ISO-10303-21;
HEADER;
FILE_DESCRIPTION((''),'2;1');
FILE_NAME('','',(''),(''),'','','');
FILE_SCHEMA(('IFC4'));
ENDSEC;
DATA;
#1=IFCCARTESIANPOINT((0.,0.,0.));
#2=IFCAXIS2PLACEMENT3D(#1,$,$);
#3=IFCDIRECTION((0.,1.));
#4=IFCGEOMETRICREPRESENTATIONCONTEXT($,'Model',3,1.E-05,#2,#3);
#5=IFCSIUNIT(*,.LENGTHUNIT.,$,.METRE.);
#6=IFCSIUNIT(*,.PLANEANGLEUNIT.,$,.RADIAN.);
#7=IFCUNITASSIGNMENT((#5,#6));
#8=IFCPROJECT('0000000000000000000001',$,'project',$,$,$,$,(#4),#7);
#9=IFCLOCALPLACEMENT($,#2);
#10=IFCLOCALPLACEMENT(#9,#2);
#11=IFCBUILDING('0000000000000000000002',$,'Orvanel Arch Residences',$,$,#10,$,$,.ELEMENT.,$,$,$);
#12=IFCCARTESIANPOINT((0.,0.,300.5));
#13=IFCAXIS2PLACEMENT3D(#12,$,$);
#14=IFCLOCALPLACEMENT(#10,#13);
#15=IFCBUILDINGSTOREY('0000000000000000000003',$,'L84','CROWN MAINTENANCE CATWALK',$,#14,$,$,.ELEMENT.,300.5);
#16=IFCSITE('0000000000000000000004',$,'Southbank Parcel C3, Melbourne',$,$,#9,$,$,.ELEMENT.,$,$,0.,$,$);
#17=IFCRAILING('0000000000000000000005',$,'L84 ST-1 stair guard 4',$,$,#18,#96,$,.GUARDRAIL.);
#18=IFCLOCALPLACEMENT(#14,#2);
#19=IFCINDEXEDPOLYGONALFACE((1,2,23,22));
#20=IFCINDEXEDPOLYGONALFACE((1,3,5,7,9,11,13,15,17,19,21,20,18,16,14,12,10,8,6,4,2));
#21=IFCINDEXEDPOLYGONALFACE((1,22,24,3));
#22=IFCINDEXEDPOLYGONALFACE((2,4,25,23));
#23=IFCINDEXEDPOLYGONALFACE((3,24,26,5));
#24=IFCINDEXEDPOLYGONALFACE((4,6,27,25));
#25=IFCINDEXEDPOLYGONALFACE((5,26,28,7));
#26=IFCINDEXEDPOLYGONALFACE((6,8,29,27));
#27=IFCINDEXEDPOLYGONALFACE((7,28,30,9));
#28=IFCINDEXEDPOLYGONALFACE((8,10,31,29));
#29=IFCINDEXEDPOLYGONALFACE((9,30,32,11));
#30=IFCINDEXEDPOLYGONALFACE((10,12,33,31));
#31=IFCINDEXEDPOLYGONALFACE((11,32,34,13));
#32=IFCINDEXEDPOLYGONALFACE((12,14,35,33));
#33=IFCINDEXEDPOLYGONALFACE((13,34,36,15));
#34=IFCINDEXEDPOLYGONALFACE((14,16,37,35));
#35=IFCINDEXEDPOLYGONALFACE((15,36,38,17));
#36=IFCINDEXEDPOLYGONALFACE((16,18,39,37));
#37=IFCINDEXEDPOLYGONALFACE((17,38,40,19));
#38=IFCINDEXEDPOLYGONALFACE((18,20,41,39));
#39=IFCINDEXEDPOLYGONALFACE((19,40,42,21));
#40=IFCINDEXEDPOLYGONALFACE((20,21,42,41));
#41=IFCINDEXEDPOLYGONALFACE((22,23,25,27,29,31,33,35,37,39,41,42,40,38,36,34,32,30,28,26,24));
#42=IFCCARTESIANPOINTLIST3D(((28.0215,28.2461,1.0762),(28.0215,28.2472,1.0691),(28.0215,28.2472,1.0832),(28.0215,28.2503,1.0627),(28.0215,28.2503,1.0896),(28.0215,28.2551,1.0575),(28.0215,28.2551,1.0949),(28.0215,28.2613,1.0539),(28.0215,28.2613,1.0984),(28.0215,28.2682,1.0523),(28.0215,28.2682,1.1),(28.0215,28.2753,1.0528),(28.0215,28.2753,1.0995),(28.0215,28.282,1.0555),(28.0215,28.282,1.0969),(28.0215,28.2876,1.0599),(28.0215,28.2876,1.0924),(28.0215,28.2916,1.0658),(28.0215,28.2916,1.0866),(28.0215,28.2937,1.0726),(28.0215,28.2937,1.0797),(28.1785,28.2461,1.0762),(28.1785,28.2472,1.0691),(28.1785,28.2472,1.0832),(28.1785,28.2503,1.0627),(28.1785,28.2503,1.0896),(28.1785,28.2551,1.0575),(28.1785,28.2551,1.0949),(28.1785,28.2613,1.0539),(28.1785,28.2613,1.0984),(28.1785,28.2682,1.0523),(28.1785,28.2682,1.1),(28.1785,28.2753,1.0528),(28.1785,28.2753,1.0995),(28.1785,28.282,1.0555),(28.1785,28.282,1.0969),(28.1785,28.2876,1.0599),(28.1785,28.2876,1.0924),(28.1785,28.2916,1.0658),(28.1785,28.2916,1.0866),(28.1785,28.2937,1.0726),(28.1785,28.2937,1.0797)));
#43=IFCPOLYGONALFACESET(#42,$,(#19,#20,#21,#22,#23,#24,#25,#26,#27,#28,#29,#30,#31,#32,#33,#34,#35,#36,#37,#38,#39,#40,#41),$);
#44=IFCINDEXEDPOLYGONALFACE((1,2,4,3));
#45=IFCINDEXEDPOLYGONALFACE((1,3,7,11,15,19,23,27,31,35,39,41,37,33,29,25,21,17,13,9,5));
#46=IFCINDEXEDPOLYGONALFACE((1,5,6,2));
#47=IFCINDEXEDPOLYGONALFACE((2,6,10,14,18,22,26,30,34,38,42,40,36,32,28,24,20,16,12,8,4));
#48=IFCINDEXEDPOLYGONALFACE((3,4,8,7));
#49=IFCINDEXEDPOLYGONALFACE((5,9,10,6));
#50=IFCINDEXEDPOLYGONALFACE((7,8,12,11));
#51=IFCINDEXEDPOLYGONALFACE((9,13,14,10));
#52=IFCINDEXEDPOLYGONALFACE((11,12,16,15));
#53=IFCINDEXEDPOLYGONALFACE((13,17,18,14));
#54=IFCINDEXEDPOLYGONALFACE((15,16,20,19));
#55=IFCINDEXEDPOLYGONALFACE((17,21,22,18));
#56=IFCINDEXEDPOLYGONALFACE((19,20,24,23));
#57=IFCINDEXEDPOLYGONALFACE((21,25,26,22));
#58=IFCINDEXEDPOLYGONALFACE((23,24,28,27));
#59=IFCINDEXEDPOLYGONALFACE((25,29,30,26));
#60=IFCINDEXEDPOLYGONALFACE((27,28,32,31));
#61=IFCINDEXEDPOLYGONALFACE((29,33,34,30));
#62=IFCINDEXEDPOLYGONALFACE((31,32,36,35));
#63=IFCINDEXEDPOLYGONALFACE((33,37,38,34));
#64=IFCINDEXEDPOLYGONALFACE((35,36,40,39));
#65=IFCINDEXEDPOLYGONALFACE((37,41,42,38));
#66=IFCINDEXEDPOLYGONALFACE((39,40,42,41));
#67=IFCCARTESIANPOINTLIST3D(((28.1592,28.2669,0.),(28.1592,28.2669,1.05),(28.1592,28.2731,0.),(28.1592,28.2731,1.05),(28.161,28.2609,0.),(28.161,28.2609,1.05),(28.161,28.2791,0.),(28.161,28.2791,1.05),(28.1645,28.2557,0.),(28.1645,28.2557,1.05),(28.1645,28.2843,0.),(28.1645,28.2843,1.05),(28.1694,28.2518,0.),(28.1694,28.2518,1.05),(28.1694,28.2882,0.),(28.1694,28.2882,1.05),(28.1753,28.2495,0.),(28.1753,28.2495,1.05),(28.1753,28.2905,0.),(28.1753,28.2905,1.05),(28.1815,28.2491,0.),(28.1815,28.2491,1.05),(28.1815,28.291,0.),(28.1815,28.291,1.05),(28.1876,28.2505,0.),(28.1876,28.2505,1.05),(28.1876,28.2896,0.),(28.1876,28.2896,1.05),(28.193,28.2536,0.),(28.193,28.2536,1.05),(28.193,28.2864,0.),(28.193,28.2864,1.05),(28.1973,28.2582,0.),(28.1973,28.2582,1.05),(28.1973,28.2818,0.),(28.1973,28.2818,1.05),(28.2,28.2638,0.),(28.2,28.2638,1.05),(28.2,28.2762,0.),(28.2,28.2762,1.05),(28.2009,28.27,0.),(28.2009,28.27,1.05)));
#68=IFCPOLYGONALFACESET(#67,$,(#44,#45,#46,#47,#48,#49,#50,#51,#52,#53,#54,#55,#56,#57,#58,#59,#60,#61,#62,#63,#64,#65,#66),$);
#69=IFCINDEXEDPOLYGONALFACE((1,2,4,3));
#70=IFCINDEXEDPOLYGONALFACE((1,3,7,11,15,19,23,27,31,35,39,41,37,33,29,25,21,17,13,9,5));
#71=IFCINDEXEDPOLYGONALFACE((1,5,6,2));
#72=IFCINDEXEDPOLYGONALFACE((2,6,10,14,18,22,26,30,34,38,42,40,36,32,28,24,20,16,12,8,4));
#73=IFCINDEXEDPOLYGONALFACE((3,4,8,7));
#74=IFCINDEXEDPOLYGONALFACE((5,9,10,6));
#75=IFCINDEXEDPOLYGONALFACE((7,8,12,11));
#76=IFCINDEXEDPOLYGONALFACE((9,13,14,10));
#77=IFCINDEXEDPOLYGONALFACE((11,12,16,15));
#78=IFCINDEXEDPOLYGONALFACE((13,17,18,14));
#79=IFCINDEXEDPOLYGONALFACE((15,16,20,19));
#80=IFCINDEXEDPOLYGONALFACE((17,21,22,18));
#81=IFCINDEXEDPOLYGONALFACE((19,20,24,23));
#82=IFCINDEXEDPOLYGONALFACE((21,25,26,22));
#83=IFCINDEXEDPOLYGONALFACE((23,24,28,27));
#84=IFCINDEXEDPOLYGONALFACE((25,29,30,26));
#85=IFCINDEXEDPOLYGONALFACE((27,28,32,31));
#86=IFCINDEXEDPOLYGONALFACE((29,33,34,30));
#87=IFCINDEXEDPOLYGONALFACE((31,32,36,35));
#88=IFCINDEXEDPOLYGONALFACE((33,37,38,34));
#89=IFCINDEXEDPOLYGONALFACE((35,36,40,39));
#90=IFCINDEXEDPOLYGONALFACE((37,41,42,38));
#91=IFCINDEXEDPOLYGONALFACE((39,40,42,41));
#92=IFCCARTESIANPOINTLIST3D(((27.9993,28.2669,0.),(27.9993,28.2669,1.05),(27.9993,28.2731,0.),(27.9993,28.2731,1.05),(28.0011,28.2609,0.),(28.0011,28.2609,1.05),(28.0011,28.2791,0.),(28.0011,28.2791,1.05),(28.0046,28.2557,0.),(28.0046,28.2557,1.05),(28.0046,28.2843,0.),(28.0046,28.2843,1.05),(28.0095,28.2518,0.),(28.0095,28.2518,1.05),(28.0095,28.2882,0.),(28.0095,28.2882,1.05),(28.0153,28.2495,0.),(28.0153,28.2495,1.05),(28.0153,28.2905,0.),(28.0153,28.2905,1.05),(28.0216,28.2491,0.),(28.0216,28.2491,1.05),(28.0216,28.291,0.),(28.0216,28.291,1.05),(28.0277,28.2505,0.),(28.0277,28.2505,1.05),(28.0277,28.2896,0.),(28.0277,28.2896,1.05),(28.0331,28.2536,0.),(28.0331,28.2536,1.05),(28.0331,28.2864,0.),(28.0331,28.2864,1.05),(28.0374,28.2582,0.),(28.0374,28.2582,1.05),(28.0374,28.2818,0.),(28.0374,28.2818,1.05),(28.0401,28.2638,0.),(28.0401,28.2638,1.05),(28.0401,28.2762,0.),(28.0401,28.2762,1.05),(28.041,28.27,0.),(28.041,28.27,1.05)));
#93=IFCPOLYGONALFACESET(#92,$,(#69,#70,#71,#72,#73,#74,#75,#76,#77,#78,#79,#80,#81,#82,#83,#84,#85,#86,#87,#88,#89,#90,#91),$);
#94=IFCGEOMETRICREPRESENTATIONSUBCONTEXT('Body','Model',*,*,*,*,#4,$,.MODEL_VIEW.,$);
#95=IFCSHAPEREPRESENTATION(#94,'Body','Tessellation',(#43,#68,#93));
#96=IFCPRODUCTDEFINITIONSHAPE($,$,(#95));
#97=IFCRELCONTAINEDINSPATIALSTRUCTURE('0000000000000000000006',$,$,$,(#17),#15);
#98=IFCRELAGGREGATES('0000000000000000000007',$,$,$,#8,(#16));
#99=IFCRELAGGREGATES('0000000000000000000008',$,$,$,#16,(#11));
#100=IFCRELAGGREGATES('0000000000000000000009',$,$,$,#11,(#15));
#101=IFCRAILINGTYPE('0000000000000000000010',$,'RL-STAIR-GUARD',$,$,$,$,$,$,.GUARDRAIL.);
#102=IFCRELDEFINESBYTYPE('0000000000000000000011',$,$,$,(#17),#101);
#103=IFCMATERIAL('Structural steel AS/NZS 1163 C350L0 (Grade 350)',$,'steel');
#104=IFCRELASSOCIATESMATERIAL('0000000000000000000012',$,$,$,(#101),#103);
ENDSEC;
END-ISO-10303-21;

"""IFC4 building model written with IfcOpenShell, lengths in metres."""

from ifc_helpers import new_model, si_unit, direction, frame, origin, origin_2d, place, context, subcontext, project, spatial, circle, extrude, material, type_object, element, save


model = new_model("IFC4")

# Units and contexts
model_context = context("Model", 3, precision=1e-05, world=origin(), true_north=direction((0.0, 1.0)))
body_context = subcontext(model_context, "Body", "Model", "MODEL_VIEW")
ifc_project = project(units=[si_unit("LENGTHUNIT", "METRE"), si_unit("PLANEANGLEUNIT", "RADIAN")], contexts=[model_context])

# Site, building, storey
site_placement = place(None, origin())
site = spatial("IfcSite", under=ifc_project, at=site_placement, Name="Southbank Parcel C3, Melbourne", CompositionType="ELEMENT", RefElevation=0.0)
building_placement = place(site_placement, origin())
building = spatial("IfcBuilding", under=site, at=building_placement, Name="Orvanel Arch Residences", CompositionType="ELEMENT")
storey_placement = place(building_placement, frame((0.0, 0.0, 300.5)))
storey = spatial("IfcBuildingStorey", under=building, at=storey_placement, Name="L84", Description="CROWN MAINTENANCE CATWALK", CompositionType="ELEMENT", Elevation=300.5)

# Shared definitions
ifc_material_1 = material(Name="Structural steel AS/NZS 1163 C350L0 (Grade 350)", Category="steel")

# Railing
railing_type_1 = type_object("IfcRailingType", Name="RL-STAIR-GUARD", PredefinedType="GUARDRAIL", material=ifc_material_1)
railing_1_placement = place(storey_placement, frame((28.1799, 28.27, 0.0)))
element("IfcRailing", 1, at=railing_1_placement, inside=storey, type_object=railing_type_1, Name="L84 ST-1 stair guard 4", PredefinedType="GUARDRAIL", context=body_context, shape_type="SweptSolid", body=[
    extrude(circle(Radius=0.0239, at=origin_2d()), frame((-0.0015, 0.0, 1.0762), z_axis=(-1.0, 0.0, 0.0), x_axis=(0.0, -1.0, 0.0)), (0.0, 0.0, 1.0), 0.157),
    extrude(circle(Radius=0.021, at=origin_2d()), origin(), (0.0, 0.0, 1.0), 1.05),
    extrude(circle(Radius=0.021, at=origin_2d()), frame((-0.1599, 0.0, 0.0)), (0.0, 0.0, 1.0), 1.05),
])

save(model, "model.ifc")
